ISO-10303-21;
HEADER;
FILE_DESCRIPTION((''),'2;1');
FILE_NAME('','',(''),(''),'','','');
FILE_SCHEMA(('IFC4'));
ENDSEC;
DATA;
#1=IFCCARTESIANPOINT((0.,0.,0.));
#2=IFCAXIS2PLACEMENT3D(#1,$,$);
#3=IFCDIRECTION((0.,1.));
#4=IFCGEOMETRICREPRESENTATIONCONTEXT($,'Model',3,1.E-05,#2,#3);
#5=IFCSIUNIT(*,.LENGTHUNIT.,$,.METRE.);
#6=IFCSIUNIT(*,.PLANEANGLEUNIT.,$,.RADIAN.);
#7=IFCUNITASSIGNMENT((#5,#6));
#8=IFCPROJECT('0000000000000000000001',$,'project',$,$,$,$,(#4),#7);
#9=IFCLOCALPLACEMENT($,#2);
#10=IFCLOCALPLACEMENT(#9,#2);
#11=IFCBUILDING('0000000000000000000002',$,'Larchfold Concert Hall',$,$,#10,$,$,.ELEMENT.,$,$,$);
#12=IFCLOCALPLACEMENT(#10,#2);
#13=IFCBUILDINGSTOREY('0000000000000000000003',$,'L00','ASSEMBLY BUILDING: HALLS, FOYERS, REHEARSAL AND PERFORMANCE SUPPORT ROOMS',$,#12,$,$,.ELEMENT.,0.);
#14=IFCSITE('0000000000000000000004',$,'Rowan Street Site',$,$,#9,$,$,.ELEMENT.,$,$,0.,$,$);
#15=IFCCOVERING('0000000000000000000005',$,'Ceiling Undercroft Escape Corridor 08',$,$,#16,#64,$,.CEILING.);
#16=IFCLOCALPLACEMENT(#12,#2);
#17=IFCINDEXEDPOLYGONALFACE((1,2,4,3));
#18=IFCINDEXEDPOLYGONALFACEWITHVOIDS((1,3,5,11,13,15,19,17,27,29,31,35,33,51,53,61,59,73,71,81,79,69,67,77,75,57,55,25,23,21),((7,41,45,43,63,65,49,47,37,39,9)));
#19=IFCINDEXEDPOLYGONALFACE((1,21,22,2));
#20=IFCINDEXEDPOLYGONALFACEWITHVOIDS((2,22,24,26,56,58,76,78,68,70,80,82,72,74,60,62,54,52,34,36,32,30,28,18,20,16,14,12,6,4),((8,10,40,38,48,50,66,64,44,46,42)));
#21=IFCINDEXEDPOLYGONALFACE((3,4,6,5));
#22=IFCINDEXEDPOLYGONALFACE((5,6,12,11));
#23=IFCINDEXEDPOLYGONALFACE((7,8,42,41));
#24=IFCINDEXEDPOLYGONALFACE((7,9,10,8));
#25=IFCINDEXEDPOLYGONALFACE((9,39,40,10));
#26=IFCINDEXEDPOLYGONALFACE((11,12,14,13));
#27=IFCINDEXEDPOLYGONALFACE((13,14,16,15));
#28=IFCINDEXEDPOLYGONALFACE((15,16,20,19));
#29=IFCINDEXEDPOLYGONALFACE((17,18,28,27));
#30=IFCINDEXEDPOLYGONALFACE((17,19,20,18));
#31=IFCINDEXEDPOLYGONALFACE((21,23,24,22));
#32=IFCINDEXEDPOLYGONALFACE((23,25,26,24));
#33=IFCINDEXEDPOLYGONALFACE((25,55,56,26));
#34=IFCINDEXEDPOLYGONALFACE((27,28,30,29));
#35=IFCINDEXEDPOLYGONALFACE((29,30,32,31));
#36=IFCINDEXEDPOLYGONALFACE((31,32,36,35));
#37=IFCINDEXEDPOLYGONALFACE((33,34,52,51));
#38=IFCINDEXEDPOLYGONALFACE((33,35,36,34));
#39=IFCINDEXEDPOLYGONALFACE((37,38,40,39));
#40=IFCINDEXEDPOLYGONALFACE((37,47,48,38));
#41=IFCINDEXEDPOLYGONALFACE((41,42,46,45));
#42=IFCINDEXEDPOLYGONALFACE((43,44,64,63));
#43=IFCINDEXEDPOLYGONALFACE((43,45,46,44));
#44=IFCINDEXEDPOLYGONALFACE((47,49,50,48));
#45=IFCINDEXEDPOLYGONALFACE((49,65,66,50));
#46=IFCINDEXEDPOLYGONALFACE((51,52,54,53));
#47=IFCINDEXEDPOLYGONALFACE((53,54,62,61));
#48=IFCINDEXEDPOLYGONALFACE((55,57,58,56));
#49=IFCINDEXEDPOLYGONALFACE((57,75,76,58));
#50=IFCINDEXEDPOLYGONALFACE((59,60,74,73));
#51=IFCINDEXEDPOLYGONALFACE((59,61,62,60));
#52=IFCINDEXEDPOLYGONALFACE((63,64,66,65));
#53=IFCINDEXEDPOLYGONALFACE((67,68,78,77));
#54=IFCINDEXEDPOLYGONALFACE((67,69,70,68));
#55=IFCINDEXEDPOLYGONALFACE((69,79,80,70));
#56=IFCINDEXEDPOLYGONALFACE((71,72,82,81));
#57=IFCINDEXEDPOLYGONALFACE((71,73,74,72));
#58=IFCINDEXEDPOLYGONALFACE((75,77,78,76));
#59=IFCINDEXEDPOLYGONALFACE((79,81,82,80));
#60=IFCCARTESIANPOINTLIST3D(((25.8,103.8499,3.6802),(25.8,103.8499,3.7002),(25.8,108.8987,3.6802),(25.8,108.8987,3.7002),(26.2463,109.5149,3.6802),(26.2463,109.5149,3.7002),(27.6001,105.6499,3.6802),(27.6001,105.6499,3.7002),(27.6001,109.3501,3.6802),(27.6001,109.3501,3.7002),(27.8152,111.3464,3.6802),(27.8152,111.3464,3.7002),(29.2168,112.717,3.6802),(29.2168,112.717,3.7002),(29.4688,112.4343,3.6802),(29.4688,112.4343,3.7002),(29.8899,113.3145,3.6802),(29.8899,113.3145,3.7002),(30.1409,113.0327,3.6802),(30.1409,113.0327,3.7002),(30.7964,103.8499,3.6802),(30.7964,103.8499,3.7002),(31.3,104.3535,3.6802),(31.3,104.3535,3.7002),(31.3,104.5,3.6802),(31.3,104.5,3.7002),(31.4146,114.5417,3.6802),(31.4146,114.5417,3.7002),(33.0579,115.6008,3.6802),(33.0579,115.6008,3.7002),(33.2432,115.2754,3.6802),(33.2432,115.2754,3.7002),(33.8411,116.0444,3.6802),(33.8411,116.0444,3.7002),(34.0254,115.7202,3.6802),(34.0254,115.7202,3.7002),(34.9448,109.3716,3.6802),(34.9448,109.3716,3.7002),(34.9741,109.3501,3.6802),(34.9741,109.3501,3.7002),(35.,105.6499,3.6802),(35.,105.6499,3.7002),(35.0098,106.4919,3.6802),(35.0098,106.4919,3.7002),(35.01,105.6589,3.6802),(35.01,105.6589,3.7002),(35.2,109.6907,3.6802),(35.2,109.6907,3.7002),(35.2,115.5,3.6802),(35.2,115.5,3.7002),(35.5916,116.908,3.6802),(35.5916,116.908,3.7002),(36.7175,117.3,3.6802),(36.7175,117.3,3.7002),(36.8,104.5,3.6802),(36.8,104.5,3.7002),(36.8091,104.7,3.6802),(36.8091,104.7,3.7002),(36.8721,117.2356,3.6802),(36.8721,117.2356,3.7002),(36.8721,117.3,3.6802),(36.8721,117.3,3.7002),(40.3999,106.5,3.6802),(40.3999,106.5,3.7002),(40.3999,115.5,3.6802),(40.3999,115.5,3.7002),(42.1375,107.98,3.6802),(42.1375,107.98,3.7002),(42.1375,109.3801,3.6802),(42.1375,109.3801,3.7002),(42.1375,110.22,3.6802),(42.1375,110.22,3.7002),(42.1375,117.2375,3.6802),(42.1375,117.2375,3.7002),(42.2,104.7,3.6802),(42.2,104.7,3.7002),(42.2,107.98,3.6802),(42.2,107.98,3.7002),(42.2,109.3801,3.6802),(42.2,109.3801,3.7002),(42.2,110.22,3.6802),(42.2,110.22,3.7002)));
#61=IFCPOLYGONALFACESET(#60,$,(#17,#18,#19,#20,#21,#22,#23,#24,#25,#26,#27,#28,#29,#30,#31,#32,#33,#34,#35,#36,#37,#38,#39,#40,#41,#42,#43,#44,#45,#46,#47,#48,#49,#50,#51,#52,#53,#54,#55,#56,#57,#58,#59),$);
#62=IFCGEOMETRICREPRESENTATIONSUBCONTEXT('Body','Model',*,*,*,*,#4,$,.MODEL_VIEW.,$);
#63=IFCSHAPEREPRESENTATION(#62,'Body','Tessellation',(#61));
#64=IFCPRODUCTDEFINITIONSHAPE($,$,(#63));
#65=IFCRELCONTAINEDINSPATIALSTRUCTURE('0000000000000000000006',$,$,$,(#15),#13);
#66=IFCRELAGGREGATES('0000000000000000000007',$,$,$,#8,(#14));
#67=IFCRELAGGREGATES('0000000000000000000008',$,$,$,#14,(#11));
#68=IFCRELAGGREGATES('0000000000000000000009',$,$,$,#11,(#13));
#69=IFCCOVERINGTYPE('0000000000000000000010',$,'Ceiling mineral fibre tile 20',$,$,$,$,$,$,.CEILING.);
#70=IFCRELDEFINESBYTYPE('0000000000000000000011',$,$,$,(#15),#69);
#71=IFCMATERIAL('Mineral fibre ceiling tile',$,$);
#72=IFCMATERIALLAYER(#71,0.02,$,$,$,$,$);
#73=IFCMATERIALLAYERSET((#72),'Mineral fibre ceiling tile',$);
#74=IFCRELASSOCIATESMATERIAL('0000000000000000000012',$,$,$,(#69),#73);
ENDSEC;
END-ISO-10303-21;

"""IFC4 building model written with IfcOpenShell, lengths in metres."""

from ifc_helpers import new_model, si_unit, direction, frame, origin, place, context, subcontext, project, spatial, polyline, outline, extrude, material, layer, layer_set, type_object, element, save


model = new_model("IFC4")

# Units and contexts
model_context = context("Model", 3, precision=1e-05, world=origin(), true_north=direction((0.0, 1.0)))
body_context = subcontext(model_context, "Body", "Model", "MODEL_VIEW")
ifc_project = project(units=[si_unit("LENGTHUNIT", "METRE"), si_unit("PLANEANGLEUNIT", "RADIAN")], contexts=[model_context])

# Site, building, storey
site_placement = place(None, origin())
site = spatial("IfcSite", under=ifc_project, at=site_placement, Name="Rowan Street Site", CompositionType="ELEMENT", RefElevation=0.0)
building_placement = place(site_placement, origin())
building = spatial("IfcBuilding", under=site, at=building_placement, Name="Larchfold Concert Hall", CompositionType="ELEMENT")
storey_placement = place(building_placement, origin())
storey = spatial("IfcBuildingStorey", under=building, at=storey_placement, Name="L00", Description="ASSEMBLY BUILDING: HALLS, FOYERS, REHEARSAL AND PERFORMANCE SUPPORT ROOMS", CompositionType="ELEMENT", Elevation=0.0)

# Covering
ifc_material_1 = material(Name="Mineral fibre ceiling tile")
ifc_layer_1 = layer(ifc_material_1, 0.02)
ifc_layer_set_1 = layer_set([ifc_layer_1], Name="Mineral fibre ceiling tile")
covering_type = type_object("IfcCoveringType", Name="Ceiling mineral fibre tile 20", PredefinedType="CEILING", material=ifc_layer_set_1)
covering_1_placement = place(storey_placement, frame((0.0, 0.0, 3.6802)))
element("IfcCovering", 1, at=covering_1_placement, inside=storey, type_object=covering_type, Name="Ceiling Undercroft Escape Corridor 08", PredefinedType="CEILING", context=body_context, shape_type="SweptSolid", body=[
    extrude(outline(polyline([(27.8152, 111.3464), (26.2463, 109.5149), (25.8, 108.8987), (25.8, 103.8499), (30.7964, 103.8499), (31.3, 104.3535), (31.3, 104.5), (36.8, 104.5), (36.8091, 104.7), (42.2, 104.7), (42.2, 107.98), (42.1375, 107.98), (42.1375, 109.3801), (42.2, 109.3801), (42.2, 110.22), (42.1375, 110.22), (42.1375, 117.2375), (36.8721, 117.2356), (36.8721, 117.3), (36.7175, 117.3), (35.5916, 116.908), (33.8411, 116.0444), (34.0254, 115.7202), (33.2432, 115.2754), (33.0579, 115.6008), (31.4146, 114.5417), (29.8899, 113.3145), (30.1409, 113.0327), (29.4688, 112.4343), (29.2168, 112.717), (27.8152, 111.3464)]), holes=[polyline([(34.9448, 109.3716), (35.2, 109.6907), (35.2, 115.5), (40.3999, 115.5), (40.3999, 106.5), (35.0098, 106.4919), (35.01, 105.6589), (35.0, 105.6499), (27.6001, 105.6499), (27.6001, 109.3501), (34.9741, 109.3501), (34.9448, 109.3716)])]), origin(), (0.0, 0.0, 1.0), 0.02),
])

save(model, "model.ifc")
